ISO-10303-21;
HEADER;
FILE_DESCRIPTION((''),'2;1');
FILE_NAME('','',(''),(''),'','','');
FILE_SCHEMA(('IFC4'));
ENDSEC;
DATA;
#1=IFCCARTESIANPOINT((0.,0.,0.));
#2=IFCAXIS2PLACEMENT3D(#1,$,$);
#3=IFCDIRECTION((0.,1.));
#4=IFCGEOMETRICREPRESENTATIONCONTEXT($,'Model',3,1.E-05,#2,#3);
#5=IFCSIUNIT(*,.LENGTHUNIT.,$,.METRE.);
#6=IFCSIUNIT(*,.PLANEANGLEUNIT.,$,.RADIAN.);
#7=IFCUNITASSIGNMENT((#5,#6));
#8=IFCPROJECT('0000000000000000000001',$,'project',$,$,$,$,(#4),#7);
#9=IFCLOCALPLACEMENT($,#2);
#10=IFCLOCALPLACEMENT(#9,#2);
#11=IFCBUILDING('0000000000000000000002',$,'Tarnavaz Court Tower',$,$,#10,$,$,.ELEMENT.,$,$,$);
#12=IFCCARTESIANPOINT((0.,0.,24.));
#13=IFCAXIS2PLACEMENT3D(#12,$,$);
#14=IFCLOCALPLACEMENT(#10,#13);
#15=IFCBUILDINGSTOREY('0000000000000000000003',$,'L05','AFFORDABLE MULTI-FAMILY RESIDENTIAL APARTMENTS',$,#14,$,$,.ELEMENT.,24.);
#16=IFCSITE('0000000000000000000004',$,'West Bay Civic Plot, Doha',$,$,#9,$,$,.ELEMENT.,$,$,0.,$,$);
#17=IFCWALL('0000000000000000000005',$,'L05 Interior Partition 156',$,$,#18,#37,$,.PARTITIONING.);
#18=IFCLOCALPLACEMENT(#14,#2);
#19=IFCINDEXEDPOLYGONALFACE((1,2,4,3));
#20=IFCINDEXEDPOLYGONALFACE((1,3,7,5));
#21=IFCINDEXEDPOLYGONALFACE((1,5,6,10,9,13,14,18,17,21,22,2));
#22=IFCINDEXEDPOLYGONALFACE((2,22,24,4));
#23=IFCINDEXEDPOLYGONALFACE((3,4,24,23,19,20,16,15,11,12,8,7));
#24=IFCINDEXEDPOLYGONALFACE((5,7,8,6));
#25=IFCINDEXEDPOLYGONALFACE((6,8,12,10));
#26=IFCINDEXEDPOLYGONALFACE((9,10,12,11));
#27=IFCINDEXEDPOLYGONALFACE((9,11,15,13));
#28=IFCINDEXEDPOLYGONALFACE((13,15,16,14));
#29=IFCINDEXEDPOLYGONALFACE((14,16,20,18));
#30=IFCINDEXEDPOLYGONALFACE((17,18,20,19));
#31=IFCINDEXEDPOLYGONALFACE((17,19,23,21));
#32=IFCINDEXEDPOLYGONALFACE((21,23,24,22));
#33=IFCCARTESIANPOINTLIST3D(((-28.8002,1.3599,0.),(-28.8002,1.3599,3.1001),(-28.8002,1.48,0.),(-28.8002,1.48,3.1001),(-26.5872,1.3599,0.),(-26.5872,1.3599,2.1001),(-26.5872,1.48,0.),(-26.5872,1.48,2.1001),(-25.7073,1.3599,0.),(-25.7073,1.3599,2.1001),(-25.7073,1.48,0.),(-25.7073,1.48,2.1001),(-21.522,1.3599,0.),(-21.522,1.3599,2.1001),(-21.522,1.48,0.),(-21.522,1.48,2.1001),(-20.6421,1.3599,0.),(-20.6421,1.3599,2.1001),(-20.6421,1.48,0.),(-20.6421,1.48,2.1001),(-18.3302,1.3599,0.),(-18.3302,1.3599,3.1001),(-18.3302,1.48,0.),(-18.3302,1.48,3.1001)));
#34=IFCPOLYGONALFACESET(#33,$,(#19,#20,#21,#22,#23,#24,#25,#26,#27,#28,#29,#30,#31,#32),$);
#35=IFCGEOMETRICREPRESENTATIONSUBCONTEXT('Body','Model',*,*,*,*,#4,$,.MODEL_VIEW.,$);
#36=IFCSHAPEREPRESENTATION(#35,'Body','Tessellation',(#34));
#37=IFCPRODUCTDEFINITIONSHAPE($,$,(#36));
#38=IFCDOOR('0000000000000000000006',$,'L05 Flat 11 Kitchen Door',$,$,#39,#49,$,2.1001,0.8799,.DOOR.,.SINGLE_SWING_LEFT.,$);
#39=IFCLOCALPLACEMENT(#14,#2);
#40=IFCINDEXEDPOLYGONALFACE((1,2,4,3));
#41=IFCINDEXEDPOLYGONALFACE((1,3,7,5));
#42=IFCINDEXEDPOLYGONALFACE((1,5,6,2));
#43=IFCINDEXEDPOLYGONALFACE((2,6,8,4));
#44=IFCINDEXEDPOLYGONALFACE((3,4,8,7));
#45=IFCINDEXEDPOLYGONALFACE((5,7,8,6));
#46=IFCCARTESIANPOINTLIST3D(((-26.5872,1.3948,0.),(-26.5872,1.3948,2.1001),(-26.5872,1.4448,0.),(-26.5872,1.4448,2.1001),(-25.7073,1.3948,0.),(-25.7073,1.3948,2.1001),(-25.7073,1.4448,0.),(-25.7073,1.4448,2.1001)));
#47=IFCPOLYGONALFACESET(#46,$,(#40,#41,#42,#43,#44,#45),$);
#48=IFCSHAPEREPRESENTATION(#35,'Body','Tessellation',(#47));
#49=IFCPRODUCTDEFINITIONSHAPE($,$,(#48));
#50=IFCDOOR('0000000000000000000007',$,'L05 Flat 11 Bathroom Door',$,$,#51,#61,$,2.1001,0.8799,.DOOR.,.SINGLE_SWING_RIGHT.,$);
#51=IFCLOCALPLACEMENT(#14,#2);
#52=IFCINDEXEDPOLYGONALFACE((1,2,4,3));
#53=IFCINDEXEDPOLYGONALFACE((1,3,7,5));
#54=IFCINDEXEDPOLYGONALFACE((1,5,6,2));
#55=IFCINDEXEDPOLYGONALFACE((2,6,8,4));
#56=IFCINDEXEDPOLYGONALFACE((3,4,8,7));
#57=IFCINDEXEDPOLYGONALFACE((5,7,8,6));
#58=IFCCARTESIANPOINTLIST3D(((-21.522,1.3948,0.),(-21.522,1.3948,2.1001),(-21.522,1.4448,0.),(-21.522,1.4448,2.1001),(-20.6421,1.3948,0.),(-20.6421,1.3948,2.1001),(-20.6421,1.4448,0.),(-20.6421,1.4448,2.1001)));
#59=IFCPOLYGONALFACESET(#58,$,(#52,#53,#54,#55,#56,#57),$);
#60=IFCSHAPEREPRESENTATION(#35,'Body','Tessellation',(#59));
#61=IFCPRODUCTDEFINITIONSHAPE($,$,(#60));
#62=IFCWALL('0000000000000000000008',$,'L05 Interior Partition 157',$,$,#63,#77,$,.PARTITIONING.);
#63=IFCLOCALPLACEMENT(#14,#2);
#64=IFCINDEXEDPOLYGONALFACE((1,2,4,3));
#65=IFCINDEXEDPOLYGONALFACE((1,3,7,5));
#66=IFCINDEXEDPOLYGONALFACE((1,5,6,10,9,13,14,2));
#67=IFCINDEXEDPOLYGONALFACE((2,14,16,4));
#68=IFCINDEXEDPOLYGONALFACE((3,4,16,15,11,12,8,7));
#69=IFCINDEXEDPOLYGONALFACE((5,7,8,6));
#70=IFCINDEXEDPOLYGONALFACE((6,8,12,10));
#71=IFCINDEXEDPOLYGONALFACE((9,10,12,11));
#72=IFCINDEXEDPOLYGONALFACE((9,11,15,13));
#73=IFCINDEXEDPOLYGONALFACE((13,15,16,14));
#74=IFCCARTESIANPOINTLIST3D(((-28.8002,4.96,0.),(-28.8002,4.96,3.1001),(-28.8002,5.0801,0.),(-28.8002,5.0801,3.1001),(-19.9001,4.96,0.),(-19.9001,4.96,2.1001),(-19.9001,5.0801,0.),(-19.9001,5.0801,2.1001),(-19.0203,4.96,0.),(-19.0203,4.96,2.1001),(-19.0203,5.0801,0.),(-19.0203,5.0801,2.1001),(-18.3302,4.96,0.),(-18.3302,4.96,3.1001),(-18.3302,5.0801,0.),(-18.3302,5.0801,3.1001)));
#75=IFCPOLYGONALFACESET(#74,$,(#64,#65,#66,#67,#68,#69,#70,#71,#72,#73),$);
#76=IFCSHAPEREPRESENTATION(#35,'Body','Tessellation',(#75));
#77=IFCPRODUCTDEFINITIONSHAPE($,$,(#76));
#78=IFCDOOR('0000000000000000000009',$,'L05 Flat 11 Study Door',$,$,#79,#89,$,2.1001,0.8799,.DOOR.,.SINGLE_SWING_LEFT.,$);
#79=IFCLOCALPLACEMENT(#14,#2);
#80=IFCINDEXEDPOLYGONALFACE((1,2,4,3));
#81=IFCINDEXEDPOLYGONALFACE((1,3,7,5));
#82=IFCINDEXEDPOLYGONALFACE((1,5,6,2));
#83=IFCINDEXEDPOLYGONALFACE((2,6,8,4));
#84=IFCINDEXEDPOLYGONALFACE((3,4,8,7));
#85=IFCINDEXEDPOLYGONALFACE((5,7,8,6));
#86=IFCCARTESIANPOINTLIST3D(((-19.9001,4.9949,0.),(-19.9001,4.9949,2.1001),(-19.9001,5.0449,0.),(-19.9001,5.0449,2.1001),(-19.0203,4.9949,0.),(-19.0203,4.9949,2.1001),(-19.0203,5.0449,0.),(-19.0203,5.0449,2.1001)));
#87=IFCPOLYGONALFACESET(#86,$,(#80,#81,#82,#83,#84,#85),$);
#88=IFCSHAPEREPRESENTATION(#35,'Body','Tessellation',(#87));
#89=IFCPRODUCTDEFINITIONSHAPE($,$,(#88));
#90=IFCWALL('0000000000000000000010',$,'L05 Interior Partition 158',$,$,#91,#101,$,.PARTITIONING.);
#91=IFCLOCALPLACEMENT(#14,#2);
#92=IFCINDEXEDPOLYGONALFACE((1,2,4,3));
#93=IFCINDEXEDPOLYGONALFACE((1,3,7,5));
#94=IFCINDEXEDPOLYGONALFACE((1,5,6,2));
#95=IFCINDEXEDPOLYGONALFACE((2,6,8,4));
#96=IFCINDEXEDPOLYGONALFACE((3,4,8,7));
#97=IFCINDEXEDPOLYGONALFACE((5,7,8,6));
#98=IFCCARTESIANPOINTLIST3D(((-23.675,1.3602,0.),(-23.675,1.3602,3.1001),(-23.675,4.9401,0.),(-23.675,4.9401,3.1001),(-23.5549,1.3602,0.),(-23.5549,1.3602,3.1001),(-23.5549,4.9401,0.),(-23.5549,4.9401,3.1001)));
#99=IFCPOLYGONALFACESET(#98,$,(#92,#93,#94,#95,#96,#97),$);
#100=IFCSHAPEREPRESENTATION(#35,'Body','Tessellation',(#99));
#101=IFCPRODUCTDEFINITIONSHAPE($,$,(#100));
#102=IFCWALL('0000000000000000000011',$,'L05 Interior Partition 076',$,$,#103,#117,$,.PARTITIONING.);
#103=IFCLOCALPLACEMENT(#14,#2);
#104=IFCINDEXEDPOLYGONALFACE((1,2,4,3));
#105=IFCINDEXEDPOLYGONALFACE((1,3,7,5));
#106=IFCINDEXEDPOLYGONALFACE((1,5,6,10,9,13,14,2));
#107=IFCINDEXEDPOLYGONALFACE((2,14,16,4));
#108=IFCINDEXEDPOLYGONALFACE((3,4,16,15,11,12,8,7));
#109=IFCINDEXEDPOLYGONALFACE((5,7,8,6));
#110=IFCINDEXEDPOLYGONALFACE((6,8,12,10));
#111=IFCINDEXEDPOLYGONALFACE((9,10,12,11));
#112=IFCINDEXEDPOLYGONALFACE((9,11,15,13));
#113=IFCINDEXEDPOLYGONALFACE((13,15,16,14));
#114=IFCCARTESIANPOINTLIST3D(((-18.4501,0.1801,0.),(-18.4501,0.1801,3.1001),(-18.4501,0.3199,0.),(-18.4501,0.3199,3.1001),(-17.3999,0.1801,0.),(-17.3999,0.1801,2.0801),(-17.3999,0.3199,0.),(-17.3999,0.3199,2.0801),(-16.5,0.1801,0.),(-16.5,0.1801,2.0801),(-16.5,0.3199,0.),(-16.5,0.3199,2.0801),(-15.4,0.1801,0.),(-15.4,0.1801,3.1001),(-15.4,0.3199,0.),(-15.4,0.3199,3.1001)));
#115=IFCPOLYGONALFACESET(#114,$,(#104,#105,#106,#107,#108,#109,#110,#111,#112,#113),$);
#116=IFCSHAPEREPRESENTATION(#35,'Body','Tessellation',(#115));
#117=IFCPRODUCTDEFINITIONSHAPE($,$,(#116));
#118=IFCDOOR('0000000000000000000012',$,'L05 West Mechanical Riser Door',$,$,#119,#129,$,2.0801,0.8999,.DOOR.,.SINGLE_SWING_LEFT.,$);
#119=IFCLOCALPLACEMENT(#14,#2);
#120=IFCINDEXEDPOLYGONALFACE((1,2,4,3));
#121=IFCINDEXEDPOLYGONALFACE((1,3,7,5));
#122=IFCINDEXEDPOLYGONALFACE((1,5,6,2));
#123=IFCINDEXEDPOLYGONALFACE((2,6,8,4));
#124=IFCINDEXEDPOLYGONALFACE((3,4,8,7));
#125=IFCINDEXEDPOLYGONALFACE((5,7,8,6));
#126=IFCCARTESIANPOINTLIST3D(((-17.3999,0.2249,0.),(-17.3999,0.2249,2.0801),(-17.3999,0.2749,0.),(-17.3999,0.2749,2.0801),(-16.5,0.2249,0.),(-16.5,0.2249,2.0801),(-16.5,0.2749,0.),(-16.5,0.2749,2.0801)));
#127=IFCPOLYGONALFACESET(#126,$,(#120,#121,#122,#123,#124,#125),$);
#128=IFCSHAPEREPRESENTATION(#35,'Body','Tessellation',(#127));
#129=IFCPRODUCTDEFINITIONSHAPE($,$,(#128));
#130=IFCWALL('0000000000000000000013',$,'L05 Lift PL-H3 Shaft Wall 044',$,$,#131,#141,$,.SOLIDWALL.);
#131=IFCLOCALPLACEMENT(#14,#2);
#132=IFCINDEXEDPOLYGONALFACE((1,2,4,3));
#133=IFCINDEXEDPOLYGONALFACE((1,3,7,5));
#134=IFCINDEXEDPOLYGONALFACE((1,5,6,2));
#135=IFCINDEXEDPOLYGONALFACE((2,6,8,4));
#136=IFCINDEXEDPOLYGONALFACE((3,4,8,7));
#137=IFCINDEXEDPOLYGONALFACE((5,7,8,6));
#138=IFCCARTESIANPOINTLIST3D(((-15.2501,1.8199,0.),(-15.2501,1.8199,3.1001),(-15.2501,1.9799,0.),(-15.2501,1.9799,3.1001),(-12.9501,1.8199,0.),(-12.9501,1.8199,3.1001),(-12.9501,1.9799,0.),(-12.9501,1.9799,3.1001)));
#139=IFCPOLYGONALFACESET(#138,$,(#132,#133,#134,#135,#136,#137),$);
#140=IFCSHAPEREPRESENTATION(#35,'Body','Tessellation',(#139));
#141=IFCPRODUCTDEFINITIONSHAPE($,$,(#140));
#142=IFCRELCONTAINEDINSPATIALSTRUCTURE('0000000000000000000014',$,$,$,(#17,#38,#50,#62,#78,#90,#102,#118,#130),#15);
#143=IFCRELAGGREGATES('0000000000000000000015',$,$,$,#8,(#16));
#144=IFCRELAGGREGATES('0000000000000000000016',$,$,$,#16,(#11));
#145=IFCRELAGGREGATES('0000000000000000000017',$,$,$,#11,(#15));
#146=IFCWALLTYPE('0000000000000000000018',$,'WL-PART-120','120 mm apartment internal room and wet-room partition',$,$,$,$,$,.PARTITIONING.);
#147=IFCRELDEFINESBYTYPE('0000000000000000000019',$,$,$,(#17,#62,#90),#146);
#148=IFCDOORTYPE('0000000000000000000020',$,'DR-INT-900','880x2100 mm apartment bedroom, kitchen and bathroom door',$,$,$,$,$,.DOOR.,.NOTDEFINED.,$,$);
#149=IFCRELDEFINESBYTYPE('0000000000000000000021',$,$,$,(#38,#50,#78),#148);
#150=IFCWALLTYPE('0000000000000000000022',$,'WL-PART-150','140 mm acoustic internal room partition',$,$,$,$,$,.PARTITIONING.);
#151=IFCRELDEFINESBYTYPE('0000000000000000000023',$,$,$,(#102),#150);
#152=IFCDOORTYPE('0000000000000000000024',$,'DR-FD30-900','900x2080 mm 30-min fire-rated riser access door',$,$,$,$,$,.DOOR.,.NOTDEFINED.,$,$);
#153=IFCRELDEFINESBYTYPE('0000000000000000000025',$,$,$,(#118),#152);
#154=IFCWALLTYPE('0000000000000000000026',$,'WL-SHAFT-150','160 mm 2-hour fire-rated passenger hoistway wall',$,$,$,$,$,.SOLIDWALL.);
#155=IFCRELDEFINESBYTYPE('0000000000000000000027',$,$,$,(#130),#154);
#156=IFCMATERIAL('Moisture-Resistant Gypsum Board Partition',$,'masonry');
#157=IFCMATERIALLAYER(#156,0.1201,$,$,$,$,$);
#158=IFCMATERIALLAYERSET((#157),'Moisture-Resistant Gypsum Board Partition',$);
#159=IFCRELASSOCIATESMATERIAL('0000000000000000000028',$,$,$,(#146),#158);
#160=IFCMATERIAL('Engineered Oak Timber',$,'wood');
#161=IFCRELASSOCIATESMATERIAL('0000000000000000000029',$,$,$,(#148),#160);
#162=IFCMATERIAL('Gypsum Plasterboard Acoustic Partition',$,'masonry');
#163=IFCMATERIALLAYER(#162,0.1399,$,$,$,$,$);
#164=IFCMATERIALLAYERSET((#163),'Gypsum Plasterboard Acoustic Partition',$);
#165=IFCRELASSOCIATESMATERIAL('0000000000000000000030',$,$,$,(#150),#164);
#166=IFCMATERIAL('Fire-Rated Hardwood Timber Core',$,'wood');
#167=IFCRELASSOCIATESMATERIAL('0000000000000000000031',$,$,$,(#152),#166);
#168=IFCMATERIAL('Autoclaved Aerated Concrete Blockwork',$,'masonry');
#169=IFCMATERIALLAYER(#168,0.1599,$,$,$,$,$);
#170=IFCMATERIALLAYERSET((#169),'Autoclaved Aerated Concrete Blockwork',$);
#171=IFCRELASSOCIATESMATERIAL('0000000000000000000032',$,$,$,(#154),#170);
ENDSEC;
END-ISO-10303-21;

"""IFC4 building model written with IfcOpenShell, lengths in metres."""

from ifc_helpers import new_model, si_unit, direction, frame, frame_2d, origin, place, context, subcontext, project, spatial, rectangle, extrude, material, layer, layer_set, type_object, element, fill, save


model = new_model("IFC4")

# Units and contexts
model_context = context("Model", 3, precision=1e-05, world=origin(), true_north=direction((0.0, 1.0)))
body_context = subcontext(model_context, "Body", "Model", "MODEL_VIEW")
ifc_project = project(units=[si_unit("LENGTHUNIT", "METRE"), si_unit("PLANEANGLEUNIT", "RADIAN")], contexts=[model_context])

# Site, building, storey
site_placement = place(None, origin())
site = spatial("IfcSite", under=ifc_project, at=site_placement, Name="West Bay Civic Plot, Doha", CompositionType="ELEMENT", RefElevation=0.0)
building_placement = place(site_placement, origin())
building = spatial("IfcBuilding", under=site, at=building_placement, Name="Tarnavaz Court Tower", CompositionType="ELEMENT")
storey_placement = place(building_placement, frame((0.0, 0.0, 24.0)))
storey = spatial("IfcBuildingStorey", under=building, at=storey_placement, Name="L05", Description="AFFORDABLE MULTI-FAMILY RESIDENTIAL APARTMENTS", CompositionType="ELEMENT", Elevation=24.0)

# Shared definitions
ifc_material_1 = material(Name="Fire-Rated Hardwood Timber Core", Category="wood")

# Shared definitions
ifc_material_2 = material(Name="Autoclaved Aerated Concrete Blockwork", Category="masonry")

# Wall, openings, doors
ifc_material_3 = material(Name="Moisture-Resistant Gypsum Board Partition", Category="masonry")
ifc_layer_1 = layer(ifc_material_3, 0.1201)
ifc_layer_set_1 = layer_set([ifc_layer_1], Name="Moisture-Resistant Gypsum Board Partition")
wall_type_1 = type_object("IfcWallType", Name="WL-PART-120", Description="120 mm apartment internal room and wet-room partition", PredefinedType="PARTITIONING", material=ifc_layer_set_1)
wall_1_placement = place(storey_placement, frame((-28.8, 1.4199, 0.0), z_axis=(0.0, 0.0, 1.0), x_axis=(1.0, 0.0, 0.0)))
wall_1 = element("IfcWall", 1, at=wall_1_placement, inside=storey, type_object=wall_type_1, Name="L05 Interior Partition 156", PredefinedType="PARTITIONING", context=body_context, shape_type="SweptSolid", body=[
    extrude(rectangle(XDim=10.47, YDim=0.1201, at=frame_2d((5.2349, 0.0))), origin(), (0.0, 0.0, 1.0), 3.1001),
])
opening_1_placement = place(wall_1_placement, frame((2.2129, 0.0, 0.0)))
opening_1 = element("IfcOpeningElement", 2, at=opening_1_placement, cuts=wall_1, PredefinedType="OPENING", context=body_context, shape_type="SweptSolid", body=[
    extrude(rectangle(XDim=0.8799, YDim=2.1001, at=frame_2d((0.4399, 1.05))), frame((0.0, 0.0701, 0.0), z_axis=(0.0, -1.0, 0.0), x_axis=(1.0, 0.0, 0.0)), (0.0, 0.0, 1.0), 0.1401),
])
opening_2_placement = place(wall_1_placement, frame((7.2781, 0.0, 0.0)))
opening_2 = element("IfcOpeningElement", 3, at=opening_2_placement, cuts=wall_1, PredefinedType="OPENING", context=body_context, shape_type="SweptSolid", body=[
    extrude(rectangle(XDim=0.8799, YDim=2.1001, at=frame_2d((0.4399, 1.05))), frame((0.0, 0.0701, 0.0), z_axis=(0.0, -1.0, 0.0), x_axis=(1.0, 0.0, 0.0)), (0.0, 0.0, 1.0), 0.1401),
])
ifc_material_4 = material(Name="Engineered Oak Timber", Category="wood")
door_type_1 = type_object("IfcDoorType", Name="DR-INT-900", Description="880x2100 mm apartment bedroom, kitchen and bathroom door", OperationType="NOTDEFINED", PredefinedType="DOOR", material=ifc_material_4)
door_1_placement = place(opening_1_placement, origin())
door_1 = element("IfcDoor", 4, at=door_1_placement, inside=storey, type_object=door_type_1, Name="L05 Flat 11 Kitchen Door", OperationType="SINGLE_SWING_LEFT", OverallHeight=2.1001, OverallWidth=0.8799, PredefinedType="DOOR", context=body_context, shape_type="SweptSolid", body=[
    extrude(rectangle(XDim=0.8799, YDim=2.1001, at=frame_2d((0.4399, 1.05))), frame((0.0, 0.0249, 0.0), z_axis=(0.0, -1.0, 0.0), x_axis=(1.0, 0.0, 0.0)), (0.0, 0.0, 1.0), 0.05),
])
fill(opening_1, door_1)
door_2_placement = place(opening_2_placement, origin())
door_2 = element("IfcDoor", 5, at=door_2_placement, inside=storey, type_object=door_type_1, Name="L05 Flat 11 Bathroom Door", OperationType="SINGLE_SWING_RIGHT", OverallHeight=2.1001, OverallWidth=0.8799, PredefinedType="DOOR", context=body_context, shape_type="SweptSolid", body=[
    extrude(rectangle(XDim=0.8799, YDim=2.1001, at=frame_2d((0.4399, 1.05))), frame((0.0, 0.0249, 0.0), z_axis=(0.0, -1.0, 0.0), x_axis=(1.0, 0.0, 0.0)), (0.0, 0.0, 1.0), 0.05),
])
fill(opening_2, door_2)

# Wall, opening, door
wall_2_placement = place(storey_placement, frame((-28.8, 5.02, 0.0), z_axis=(0.0, 0.0, 1.0), x_axis=(1.0, 0.0, 0.0)))
wall_2 = element("IfcWall", 6, at=wall_2_placement, inside=storey, type_object=wall_type_1, Name="L05 Interior Partition 157", PredefinedType="PARTITIONING", context=body_context, shape_type="SweptSolid", body=[
    extrude(rectangle(XDim=10.47, YDim=0.1201, at=frame_2d((5.2349, 0.0))), origin(), (0.0, 0.0, 1.0), 3.1001),
])
opening_3_placement = place(wall_2_placement, frame((8.8999, 0.0, 0.0)))
opening_3 = element("IfcOpeningElement", 7, at=opening_3_placement, cuts=wall_2, PredefinedType="OPENING", context=body_context, shape_type="SweptSolid", body=[
    extrude(rectangle(XDim=0.8799, YDim=2.1001, at=frame_2d((0.4399, 1.05))), frame((0.0, 0.0701, 0.0), z_axis=(0.0, -1.0, 0.0), x_axis=(1.0, 0.0, 0.0)), (0.0, 0.0, 1.0), 0.1401),
])
door_3_placement = place(opening_3_placement, origin())
door_3 = element("IfcDoor", 8, at=door_3_placement, inside=storey, type_object=door_type_1, Name="L05 Flat 11 Study Door", OperationType="SINGLE_SWING_LEFT", OverallHeight=2.1001, OverallWidth=0.8799, PredefinedType="DOOR", context=body_context, shape_type="SweptSolid", body=[
    extrude(rectangle(XDim=0.8799, YDim=2.1001, at=frame_2d((0.4399, 1.05))), frame((0.0, 0.0249, 0.0), z_axis=(0.0, -1.0, 0.0), x_axis=(1.0, 0.0, 0.0)), (0.0, 0.0, 1.0), 0.05),
])
fill(opening_3, door_3)

# Wall
wall_3_placement = place(storey_placement, frame((-23.615, 1.3601, 0.0), z_axis=(0.0, 0.0, 1.0), x_axis=(0.0, 1.0, 0.0)))
element("IfcWall", 9, at=wall_3_placement, inside=storey, type_object=wall_type_1, Name="L05 Interior Partition 158", PredefinedType="PARTITIONING", context=body_context, shape_type="SweptSolid", body=[
    extrude(rectangle(XDim=3.5798, YDim=0.1201, at=frame_2d((1.79, 0.0))), origin(), (0.0, 0.0, 1.0), 3.1001),
])

# Wall, opening, door
ifc_material_5 = material(Name="Gypsum Plasterboard Acoustic Partition", Category="masonry")
ifc_layer_2 = layer(ifc_material_5, 0.1399)
ifc_layer_set_2 = layer_set([ifc_layer_2], Name="Gypsum Plasterboard Acoustic Partition")
wall_type_2 = type_object("IfcWallType", Name="WL-PART-150", Description="140 mm acoustic internal room partition", PredefinedType="PARTITIONING", material=ifc_layer_set_2)
wall_4_placement = place(storey_placement, frame((-18.45, 0.25, 0.0), z_axis=(0.0, 0.0, 1.0), x_axis=(1.0, 0.0, 0.0)))
wall_4 = element("IfcWall", 10, at=wall_4_placement, inside=storey, type_object=wall_type_2, Name="L05 Interior Partition 076", PredefinedType="PARTITIONING", context=body_context, shape_type="SweptSolid", body=[
    extrude(rectangle(XDim=3.05, YDim=0.1399, at=frame_2d((1.5249, 0.0))), origin(), (0.0, 0.0, 1.0), 3.1001),
])
opening_4_placement = place(wall_4_placement, frame((1.05, 0.0, 0.0)))
opening_4 = element("IfcOpeningElement", 11, at=opening_4_placement, cuts=wall_4, PredefinedType="OPENING", context=body_context, shape_type="SweptSolid", body=[
    extrude(rectangle(XDim=0.8999, YDim=2.0801, at=frame_2d((0.45, 1.04))), frame((0.0, 0.0798, 0.0), z_axis=(0.0, -1.0, 0.0), x_axis=(1.0, 0.0, 0.0)), (0.0, 0.0, 1.0), 0.1599),
])
door_type_2 = type_object("IfcDoorType", Name="DR-FD30-900", Description="900x2080 mm 30-min fire-rated riser access door", OperationType="NOTDEFINED", PredefinedType="DOOR", material=ifc_material_1)
door_4_placement = place(opening_4_placement, origin())
door_4 = element("IfcDoor", 12, at=door_4_placement, inside=storey, type_object=door_type_2, Name="L05 West Mechanical Riser Door", OperationType="SINGLE_SWING_LEFT", OverallHeight=2.0801, OverallWidth=0.8999, PredefinedType="DOOR", context=body_context, shape_type="SweptSolid", body=[
    extrude(rectangle(XDim=0.8999, YDim=2.0801, at=frame_2d((0.45, 1.04))), frame((0.0, 0.0249, 0.0), z_axis=(0.0, -1.0, 0.0), x_axis=(1.0, 0.0, 0.0)), (0.0, 0.0, 1.0), 0.05),
])
fill(opening_4, door_4)

# Wall
ifc_layer_3 = layer(ifc_material_2, 0.1599)
ifc_layer_set_3 = layer_set([ifc_layer_3], Name="Autoclaved Aerated Concrete Blockwork")
wall_type_3 = type_object("IfcWallType", Name="WL-SHAFT-150", Description="160 mm 2-hour fire-rated passenger hoistway wall", PredefinedType="SOLIDWALL", material=ifc_layer_set_3)
wall_5_placement = place(storey_placement, frame((-15.25, 1.8999, 0.0), z_axis=(0.0, 0.0, 1.0), x_axis=(1.0, 0.0, 0.0)))
element("IfcWall", 13, at=wall_5_placement, inside=storey, type_object=wall_type_3, Name="L05 Lift PL-H3 Shaft Wall 044", PredefinedType="SOLIDWALL", context=body_context, shape_type="SweptSolid", body=[
    extrude(rectangle(XDim=2.3, YDim=0.1599, at=frame_2d((1.1499, 0.0))), origin(), (0.0, 0.0, 1.0), 3.1001),
])

save(model, "model.ifc")
